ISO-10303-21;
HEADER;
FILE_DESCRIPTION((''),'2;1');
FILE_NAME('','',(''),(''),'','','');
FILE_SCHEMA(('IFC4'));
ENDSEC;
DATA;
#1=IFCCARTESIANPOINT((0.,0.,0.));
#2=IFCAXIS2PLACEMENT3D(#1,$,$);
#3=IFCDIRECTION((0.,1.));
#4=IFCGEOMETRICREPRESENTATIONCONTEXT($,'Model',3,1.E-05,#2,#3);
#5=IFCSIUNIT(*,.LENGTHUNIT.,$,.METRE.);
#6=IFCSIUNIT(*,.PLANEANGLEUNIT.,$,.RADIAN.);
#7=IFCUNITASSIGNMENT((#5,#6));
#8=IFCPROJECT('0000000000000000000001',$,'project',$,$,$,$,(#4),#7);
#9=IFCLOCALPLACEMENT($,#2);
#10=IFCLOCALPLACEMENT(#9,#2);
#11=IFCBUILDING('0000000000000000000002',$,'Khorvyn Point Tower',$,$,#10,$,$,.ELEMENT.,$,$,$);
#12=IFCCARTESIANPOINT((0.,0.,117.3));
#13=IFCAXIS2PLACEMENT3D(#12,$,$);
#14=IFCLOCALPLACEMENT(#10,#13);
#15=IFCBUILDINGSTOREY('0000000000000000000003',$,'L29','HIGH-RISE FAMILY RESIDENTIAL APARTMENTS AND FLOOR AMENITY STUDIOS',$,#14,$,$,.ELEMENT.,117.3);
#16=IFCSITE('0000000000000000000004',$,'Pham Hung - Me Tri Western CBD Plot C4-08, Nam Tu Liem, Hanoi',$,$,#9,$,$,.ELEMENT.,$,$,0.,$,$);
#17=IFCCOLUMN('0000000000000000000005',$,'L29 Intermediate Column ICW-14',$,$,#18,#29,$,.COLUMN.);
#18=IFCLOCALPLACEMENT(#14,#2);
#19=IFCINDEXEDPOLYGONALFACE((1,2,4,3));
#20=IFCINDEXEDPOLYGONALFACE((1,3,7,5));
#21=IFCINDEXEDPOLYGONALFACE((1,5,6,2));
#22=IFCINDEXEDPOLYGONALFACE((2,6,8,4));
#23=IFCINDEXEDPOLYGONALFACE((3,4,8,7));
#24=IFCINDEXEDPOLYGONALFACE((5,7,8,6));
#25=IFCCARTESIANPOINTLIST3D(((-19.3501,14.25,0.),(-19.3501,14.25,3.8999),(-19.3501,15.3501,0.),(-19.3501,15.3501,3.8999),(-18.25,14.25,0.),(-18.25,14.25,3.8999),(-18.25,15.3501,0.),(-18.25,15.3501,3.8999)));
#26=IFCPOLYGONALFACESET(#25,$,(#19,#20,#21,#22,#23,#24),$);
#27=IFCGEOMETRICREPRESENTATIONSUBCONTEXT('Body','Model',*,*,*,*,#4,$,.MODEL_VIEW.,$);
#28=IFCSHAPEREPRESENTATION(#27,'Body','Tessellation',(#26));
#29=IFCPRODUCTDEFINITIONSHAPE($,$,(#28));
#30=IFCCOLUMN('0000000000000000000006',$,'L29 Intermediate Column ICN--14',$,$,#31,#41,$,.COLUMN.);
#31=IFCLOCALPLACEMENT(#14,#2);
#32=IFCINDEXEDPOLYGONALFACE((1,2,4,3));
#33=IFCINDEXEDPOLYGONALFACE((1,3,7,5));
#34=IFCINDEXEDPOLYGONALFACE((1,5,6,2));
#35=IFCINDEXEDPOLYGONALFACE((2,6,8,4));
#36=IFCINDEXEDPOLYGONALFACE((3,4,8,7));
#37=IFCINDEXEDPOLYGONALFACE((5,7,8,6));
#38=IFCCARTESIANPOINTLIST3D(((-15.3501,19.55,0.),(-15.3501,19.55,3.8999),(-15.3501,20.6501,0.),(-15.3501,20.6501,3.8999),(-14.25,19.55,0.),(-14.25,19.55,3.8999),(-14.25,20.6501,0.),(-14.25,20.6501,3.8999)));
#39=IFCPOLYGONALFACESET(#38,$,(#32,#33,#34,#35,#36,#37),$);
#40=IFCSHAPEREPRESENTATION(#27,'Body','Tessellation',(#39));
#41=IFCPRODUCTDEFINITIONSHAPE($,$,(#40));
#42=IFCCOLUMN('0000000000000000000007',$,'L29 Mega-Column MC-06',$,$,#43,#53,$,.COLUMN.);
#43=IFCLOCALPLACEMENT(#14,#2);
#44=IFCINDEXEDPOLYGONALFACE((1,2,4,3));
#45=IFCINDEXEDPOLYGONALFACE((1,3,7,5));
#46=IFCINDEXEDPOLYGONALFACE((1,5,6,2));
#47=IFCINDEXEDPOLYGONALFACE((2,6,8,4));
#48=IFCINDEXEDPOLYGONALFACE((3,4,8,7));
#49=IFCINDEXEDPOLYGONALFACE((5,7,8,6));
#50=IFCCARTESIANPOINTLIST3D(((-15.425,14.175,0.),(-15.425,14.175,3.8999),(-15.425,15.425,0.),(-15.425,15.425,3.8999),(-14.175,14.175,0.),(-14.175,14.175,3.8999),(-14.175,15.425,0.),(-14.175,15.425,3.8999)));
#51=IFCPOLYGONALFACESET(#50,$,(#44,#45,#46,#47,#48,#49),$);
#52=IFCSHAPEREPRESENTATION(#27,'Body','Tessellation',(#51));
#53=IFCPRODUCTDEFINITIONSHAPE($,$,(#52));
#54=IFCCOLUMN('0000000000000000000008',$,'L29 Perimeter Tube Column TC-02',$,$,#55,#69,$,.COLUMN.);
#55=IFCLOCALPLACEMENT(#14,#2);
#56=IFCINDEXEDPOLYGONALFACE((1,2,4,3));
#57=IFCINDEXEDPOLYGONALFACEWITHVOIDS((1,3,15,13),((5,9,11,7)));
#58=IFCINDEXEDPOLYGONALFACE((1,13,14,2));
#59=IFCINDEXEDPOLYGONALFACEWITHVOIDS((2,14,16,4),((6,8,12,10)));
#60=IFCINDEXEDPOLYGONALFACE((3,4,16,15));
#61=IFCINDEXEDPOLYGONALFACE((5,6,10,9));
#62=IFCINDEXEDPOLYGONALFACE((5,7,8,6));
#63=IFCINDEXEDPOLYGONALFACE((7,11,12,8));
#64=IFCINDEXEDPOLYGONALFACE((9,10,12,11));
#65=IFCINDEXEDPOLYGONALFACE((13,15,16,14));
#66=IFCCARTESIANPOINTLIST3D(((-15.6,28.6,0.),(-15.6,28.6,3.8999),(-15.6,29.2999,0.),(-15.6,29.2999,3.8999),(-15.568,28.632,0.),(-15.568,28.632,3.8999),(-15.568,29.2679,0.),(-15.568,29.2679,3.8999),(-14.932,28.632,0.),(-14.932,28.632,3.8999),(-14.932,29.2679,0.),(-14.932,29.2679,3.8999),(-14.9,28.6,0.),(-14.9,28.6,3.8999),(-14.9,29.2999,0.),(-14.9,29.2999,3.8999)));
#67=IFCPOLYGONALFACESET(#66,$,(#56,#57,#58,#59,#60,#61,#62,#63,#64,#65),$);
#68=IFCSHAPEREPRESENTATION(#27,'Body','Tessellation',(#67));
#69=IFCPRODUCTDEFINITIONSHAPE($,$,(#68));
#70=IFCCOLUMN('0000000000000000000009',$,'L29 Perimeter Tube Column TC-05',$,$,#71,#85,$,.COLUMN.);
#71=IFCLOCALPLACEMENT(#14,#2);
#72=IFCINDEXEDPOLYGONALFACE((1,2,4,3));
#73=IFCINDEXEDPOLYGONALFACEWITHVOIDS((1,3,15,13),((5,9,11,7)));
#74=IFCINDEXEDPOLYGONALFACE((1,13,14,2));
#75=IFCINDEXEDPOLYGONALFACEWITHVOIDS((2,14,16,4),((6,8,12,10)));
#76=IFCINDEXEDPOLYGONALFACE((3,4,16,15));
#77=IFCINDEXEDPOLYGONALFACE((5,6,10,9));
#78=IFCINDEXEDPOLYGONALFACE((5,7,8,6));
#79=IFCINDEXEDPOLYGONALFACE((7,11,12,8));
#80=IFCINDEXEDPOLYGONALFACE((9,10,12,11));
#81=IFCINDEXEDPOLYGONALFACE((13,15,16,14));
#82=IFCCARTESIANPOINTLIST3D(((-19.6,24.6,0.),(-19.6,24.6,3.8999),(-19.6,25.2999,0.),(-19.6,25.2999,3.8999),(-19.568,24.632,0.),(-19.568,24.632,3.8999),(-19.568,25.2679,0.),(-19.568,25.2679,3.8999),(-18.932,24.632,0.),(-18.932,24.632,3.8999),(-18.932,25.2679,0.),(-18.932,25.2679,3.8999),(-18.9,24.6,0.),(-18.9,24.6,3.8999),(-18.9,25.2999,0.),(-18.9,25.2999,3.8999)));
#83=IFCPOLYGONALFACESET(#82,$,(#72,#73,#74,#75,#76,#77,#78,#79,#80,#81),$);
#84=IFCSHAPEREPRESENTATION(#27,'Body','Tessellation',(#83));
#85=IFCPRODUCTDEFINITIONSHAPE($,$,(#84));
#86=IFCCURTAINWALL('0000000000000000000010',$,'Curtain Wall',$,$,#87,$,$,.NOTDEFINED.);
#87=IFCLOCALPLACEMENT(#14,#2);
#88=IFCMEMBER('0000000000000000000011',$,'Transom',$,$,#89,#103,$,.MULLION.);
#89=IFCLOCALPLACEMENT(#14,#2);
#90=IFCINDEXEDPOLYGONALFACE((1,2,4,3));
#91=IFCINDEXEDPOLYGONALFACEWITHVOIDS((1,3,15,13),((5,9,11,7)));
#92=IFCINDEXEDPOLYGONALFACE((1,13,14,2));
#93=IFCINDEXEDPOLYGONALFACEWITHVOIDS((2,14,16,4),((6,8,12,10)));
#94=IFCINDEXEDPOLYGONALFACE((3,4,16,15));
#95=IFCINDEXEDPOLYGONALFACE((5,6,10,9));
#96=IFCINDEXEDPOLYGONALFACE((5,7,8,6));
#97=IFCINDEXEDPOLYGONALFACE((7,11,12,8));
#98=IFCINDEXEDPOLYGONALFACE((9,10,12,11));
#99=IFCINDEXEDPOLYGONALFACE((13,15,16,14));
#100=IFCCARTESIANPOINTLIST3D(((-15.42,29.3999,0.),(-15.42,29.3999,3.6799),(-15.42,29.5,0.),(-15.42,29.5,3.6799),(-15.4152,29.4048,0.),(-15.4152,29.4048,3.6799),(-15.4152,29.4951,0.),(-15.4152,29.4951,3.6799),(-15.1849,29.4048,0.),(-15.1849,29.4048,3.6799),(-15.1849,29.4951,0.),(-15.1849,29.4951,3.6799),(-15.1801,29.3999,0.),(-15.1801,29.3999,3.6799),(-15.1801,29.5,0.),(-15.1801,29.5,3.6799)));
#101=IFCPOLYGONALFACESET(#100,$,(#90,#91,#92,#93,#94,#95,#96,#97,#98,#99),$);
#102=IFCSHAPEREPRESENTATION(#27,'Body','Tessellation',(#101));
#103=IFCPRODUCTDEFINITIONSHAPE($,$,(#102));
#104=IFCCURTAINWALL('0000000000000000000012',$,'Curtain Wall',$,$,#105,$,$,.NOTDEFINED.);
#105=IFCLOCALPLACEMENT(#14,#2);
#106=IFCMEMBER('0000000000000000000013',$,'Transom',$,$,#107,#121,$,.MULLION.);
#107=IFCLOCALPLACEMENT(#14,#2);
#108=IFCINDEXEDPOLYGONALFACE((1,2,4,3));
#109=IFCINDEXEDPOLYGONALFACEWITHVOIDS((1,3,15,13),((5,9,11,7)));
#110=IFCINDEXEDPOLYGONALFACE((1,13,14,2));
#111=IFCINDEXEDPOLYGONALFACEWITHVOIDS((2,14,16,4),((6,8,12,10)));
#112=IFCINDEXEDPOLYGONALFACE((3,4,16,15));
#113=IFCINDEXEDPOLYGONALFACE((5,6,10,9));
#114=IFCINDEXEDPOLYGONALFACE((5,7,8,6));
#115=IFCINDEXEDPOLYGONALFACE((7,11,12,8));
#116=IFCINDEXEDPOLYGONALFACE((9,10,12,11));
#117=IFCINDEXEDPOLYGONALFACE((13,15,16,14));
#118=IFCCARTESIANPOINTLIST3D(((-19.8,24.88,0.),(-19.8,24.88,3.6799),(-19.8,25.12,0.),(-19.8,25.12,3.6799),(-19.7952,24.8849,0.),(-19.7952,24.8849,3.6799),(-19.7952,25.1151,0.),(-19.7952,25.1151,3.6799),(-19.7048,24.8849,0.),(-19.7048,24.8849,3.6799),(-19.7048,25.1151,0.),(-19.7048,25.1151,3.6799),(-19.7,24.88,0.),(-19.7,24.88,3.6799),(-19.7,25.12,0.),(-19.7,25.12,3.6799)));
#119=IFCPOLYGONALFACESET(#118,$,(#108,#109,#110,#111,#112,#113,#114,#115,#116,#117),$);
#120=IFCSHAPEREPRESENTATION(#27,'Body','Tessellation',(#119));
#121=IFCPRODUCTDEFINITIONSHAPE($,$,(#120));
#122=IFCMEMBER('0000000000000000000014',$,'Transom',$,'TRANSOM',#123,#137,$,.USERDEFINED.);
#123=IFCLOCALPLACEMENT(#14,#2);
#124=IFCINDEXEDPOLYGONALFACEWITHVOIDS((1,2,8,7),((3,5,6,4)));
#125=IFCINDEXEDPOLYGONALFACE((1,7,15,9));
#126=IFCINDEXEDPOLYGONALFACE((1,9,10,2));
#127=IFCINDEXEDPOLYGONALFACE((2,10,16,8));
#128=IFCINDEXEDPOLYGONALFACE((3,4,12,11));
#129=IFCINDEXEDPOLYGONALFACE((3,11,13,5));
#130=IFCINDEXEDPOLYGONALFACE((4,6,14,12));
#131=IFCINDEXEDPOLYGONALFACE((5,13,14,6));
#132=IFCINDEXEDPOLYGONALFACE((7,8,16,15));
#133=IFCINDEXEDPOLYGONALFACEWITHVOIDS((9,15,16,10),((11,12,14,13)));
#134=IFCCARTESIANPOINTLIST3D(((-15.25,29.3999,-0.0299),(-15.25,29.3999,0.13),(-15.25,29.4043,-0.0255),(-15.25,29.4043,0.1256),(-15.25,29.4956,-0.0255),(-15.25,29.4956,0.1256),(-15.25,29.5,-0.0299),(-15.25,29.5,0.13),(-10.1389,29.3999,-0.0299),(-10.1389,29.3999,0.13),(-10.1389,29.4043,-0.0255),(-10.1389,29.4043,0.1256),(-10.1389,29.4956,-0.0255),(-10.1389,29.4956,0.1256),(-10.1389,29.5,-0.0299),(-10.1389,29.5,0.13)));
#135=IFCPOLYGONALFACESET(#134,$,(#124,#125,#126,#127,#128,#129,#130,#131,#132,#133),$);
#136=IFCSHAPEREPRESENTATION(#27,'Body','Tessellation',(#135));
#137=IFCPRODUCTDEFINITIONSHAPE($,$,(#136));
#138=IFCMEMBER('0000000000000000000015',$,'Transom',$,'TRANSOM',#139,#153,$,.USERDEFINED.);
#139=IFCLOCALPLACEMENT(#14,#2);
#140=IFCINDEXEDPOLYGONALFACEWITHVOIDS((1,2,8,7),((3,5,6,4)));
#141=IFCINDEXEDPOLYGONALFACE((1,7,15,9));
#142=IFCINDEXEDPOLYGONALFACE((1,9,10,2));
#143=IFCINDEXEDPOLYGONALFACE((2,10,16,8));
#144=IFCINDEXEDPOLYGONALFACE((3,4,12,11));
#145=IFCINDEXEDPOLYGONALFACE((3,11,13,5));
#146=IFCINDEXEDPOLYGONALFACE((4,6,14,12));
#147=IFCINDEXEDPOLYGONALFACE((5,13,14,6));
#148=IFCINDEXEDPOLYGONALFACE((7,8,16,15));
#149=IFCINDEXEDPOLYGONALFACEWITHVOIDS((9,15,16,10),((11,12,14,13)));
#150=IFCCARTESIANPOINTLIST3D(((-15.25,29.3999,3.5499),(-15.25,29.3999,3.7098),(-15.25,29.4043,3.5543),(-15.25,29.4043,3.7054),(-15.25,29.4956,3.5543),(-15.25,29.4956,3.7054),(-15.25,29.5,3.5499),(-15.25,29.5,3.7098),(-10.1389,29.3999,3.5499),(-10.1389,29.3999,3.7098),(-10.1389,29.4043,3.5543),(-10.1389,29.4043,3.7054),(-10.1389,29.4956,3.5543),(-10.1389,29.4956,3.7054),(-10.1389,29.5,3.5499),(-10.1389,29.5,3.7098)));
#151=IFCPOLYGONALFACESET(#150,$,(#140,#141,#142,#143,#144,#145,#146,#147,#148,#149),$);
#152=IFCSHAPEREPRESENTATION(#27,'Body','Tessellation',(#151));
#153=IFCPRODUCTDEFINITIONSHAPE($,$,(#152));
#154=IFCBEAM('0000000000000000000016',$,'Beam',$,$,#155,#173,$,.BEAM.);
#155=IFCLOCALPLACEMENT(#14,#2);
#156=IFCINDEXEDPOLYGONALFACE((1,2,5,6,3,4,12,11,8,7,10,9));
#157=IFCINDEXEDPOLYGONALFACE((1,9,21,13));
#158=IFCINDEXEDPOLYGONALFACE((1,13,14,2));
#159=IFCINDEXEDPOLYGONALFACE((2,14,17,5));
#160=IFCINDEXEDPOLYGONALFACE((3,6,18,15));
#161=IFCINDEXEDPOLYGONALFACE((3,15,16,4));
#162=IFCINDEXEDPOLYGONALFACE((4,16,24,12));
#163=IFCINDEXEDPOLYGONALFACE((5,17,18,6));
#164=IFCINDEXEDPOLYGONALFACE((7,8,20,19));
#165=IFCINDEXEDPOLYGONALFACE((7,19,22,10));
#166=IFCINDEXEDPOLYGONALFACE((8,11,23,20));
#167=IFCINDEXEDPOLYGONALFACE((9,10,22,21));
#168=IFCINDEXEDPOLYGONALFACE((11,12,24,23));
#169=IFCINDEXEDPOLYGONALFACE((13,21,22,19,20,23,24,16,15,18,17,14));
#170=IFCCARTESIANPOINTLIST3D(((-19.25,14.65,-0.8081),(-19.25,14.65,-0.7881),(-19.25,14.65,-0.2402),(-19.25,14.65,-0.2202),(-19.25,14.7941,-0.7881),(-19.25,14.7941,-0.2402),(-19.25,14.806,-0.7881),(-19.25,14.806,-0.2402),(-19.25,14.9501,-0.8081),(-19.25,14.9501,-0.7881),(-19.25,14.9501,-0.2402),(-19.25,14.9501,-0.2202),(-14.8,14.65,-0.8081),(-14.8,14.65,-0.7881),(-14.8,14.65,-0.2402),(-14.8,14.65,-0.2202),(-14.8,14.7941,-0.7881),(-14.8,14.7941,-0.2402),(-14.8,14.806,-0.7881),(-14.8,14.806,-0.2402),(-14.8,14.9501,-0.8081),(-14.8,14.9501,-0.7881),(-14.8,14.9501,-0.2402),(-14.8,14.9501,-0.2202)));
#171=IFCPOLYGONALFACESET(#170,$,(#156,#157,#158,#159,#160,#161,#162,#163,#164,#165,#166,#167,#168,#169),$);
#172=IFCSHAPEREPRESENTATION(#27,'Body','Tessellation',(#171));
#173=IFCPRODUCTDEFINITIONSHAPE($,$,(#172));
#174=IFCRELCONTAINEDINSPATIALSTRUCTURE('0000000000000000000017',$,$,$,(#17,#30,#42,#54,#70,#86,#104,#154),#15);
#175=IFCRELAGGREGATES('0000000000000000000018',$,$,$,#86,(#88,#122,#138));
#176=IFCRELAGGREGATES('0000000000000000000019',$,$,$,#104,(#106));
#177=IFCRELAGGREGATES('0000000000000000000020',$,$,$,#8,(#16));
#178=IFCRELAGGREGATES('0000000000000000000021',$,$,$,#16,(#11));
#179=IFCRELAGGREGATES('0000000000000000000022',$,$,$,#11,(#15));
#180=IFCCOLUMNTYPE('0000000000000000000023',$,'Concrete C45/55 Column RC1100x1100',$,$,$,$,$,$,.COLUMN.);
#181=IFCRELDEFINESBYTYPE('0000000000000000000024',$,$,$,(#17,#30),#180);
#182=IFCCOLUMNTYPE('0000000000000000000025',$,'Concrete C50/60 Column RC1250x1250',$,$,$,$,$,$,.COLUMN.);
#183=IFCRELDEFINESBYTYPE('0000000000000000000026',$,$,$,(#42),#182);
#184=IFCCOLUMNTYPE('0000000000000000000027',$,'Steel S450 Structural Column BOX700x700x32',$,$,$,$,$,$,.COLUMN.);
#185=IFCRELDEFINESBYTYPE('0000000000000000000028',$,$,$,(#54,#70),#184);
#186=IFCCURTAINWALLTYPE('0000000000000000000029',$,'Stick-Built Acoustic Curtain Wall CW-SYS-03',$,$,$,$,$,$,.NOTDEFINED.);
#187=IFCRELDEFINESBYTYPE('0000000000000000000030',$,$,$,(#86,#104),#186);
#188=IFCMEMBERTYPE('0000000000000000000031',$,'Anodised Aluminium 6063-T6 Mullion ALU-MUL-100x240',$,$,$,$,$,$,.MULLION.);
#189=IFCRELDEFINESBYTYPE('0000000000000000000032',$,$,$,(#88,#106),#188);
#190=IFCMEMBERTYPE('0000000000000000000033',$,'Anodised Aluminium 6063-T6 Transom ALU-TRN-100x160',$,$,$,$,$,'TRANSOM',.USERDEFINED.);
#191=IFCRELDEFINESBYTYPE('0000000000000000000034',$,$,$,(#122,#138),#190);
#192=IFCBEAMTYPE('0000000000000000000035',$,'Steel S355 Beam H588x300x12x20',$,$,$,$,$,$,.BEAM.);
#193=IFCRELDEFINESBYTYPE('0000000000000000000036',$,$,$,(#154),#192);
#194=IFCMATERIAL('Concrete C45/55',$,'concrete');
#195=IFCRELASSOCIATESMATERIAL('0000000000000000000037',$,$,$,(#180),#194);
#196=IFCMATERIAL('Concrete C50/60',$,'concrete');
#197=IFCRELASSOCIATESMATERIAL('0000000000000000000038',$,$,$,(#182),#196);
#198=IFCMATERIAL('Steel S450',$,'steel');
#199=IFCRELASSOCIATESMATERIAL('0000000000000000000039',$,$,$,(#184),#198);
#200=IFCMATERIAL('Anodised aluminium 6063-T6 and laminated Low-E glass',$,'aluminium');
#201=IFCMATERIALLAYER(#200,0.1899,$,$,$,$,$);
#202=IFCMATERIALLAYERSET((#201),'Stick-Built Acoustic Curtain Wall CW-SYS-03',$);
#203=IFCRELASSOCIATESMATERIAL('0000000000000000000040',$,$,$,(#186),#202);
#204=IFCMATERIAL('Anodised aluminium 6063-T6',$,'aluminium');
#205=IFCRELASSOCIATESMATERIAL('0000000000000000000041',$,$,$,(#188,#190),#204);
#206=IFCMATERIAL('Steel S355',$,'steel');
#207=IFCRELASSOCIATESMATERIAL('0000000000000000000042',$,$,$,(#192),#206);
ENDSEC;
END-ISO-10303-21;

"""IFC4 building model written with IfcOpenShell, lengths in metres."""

from ifc_helpers import new_model, si_unit, direction, frame, origin, origin_2d, place, context, subcontext, project, spatial, rectangle, hollow_rectangle, i_section, extrude, material, layer, layer_set, material_profile, profile_set, type_object, element, aggregate, save


model = new_model("IFC4")

# Units and contexts
model_context = context("Model", 3, precision=1e-05, world=origin(), true_north=direction((0.0, 1.0)))
body_context = subcontext(model_context, "Body", "Model", "MODEL_VIEW")
ifc_project = project(units=[si_unit("LENGTHUNIT", "METRE"), si_unit("PLANEANGLEUNIT", "RADIAN")], contexts=[model_context])

# Site, building, storey
site_placement = place(None, origin())
site = spatial("IfcSite", under=ifc_project, at=site_placement, Name="Pham Hung - Me Tri Western CBD Plot C4-08, Nam Tu Liem, Hanoi", CompositionType="ELEMENT", RefElevation=0.0)
building_placement = place(site_placement, origin())
building = spatial("IfcBuilding", under=site, at=building_placement, Name="Khorvyn Point Tower", CompositionType="ELEMENT")
storey_placement = place(building_placement, frame((0.0, 0.0, 117.3)))
storey = spatial("IfcBuildingStorey", under=building, at=storey_placement, Name="L29", Description="HIGH-RISE FAMILY RESIDENTIAL APARTMENTS AND FLOOR AMENITY STUDIOS", CompositionType="ELEMENT", Elevation=117.3)

# Columns
ifc_material_1 = material(Name="Concrete C45/55", Category="concrete")
ifc_material_profile_1 = material_profile(ifc_material_1, rectangle(XDim=1.1001, YDim=1.1001, at=origin_2d()))
ifc_profile_set_1 = profile_set([ifc_material_profile_1], Name="Concrete C45/55 RC1100x1100")
column_type_1 = type_object("IfcColumnType", Name="Concrete C45/55 Column RC1100x1100", PredefinedType="COLUMN", material=ifc_profile_set_1)
for number, where, z_axis, x_axis, name in (
    (1, (-18.8, 14.8, 0.0), (0.0, 0.0, 1.0), (1.0, 0.0, 0.0), "L29 Intermediate Column ICW-14"),
    (2, (-14.8, 20.1001, 0.0), (0.0, 0.0, 1.0), (1.0, 0.0, 0.0), "L29 Intermediate Column ICN--14"),
):
    element("IfcColumn", number, at=place(storey_placement, frame(where, z_axis=z_axis, x_axis=x_axis)), inside=storey, type_object=column_type_1, Name=name, PredefinedType="COLUMN", context=body_context, shape_type="SweptSolid", body=[
        extrude(rectangle(XDim=1.1001, YDim=1.1001, at=origin_2d()), origin(), (0.0, 0.0, 1.0), 3.8999),
    ])
ifc_material_2 = material(Name="Concrete C50/60", Category="concrete")
ifc_material_profile_2 = material_profile(ifc_material_2, rectangle(XDim=1.25, YDim=1.25, at=origin_2d()))
ifc_profile_set_2 = profile_set([ifc_material_profile_2], Name="Concrete C50/60 RC1250x1250")
column_type_2 = type_object("IfcColumnType", Name="Concrete C50/60 Column RC1250x1250", PredefinedType="COLUMN", material=ifc_profile_set_2)
column_placement = place(storey_placement, frame((-14.8, 14.8, 0.0), z_axis=(0.0, 0.0, 1.0), x_axis=(1.0, 0.0, 0.0)))
element("IfcColumn", 3, at=column_placement, inside=storey, type_object=column_type_2, Name="L29 Mega-Column MC-06", PredefinedType="COLUMN", context=body_context, shape_type="SweptSolid", body=[
    extrude(rectangle(XDim=1.25, YDim=1.25, at=origin_2d()), origin(), (0.0, 0.0, 1.0), 3.8999),
])
ifc_material_3 = material(Name="Steel S450", Category="steel")
ifc_material_profile_3 = material_profile(ifc_material_3, hollow_rectangle(XDim=0.7, YDim=0.7, WallThickness=0.032, at=origin_2d()))
ifc_profile_set_3 = profile_set([ifc_material_profile_3], Name="Steel S450 BOX700x700x32")
column_type_3 = type_object("IfcColumnType", Name="Steel S450 Structural Column BOX700x700x32", PredefinedType="COLUMN", material=ifc_profile_set_3)
for number, where, z_axis, x_axis, name in (
    (4, (-15.25, 28.95, 0.0), (0.0, 0.0, 1.0), (1.0, 0.0, 0.0), "L29 Perimeter Tube Column TC-02"),
    (5, (-19.25, 24.95, 0.0), (0.0, 0.0, 1.0), (1.0, 0.0, 0.0), "L29 Perimeter Tube Column TC-05"),
):
    element("IfcColumn", number, at=place(storey_placement, frame(where, z_axis=z_axis, x_axis=x_axis)), inside=storey, type_object=column_type_3, Name=name, PredefinedType="COLUMN", context=body_context, shape_type="SweptSolid", body=[
        extrude(hollow_rectangle(XDim=0.7, YDim=0.7, WallThickness=0.032, at=origin_2d()), origin(), (0.0, 0.0, 1.0), 3.8999),
    ])

# Curtain walls, members
ifc_material_4 = material(Name="Anodised aluminium 6063-T6 and laminated Low-E glass", Category="aluminium")
ifc_layer_1 = layer(ifc_material_4, 0.1899)
ifc_layer_set_1 = layer_set([ifc_layer_1], Name="Stick-Built Acoustic Curtain Wall CW-SYS-03")
curtain_wall_type = type_object("IfcCurtainWallType", Name="Stick-Built Acoustic Curtain Wall CW-SYS-03", PredefinedType="NOTDEFINED", material=ifc_layer_set_1)
curtain_wall_1_placement = place(storey_placement, origin())
curtain_wall_1 = element("IfcCurtainWall", 6, at=curtain_wall_1_placement, inside=storey, type_object=curtain_wall_type, Name="Curtain Wall", PredefinedType="NOTDEFINED")
ifc_material_5 = material(Name="Anodised aluminium 6063-T6", Category="aluminium")
ifc_material_profile_4 = material_profile(ifc_material_5, hollow_rectangle(XDim=0.1001, YDim=0.24, WallThickness=0.0049, at=origin_2d()))
ifc_profile_set_4 = profile_set([ifc_material_profile_4], Name="Anodised aluminium 6063-T6 ALU-MUL-100x240")
member_type_1 = type_object("IfcMemberType", Name="Anodised Aluminium 6063-T6 Mullion ALU-MUL-100x240", PredefinedType="MULLION", material=ifc_profile_set_4)
member_1_placement = place(storey_placement, frame((-15.3, 29.45, 0.0), z_axis=(0.0, 0.0, 1.0), x_axis=(0.0, 1.0, 0.0)))
member_1 = element("IfcMember", 7, at=member_1_placement, type_object=member_type_1, Name="Transom", PredefinedType="MULLION", context=body_context, shape_type="SweptSolid", body=[
    extrude(hollow_rectangle(XDim=0.1001, YDim=0.24, WallThickness=0.0049, at=origin_2d()), origin(), (0.0, 0.0, 1.0), 3.6799),
])
curtain_wall_2_placement = place(storey_placement, origin())
curtain_wall_2 = element("IfcCurtainWall", 8, at=curtain_wall_2_placement, inside=storey, type_object=curtain_wall_type, Name="Curtain Wall", PredefinedType="NOTDEFINED")
member_2_placement = place(storey_placement, frame((-19.75, 25.0, 0.0), z_axis=(0.0, 0.0, 1.0), x_axis=(-1.0, 0.0, 0.0)))
member_2 = element("IfcMember", 9, at=member_2_placement, type_object=member_type_1, Name="Transom", PredefinedType="MULLION", context=body_context, shape_type="SweptSolid", body=[
    extrude(hollow_rectangle(XDim=0.1001, YDim=0.24, WallThickness=0.0049, at=origin_2d()), origin(), (0.0, 0.0, 1.0), 3.6799),
])

# Members
ifc_material_profile_5 = material_profile(ifc_material_5, hollow_rectangle(XDim=0.1001, YDim=0.1599, WallThickness=0.0044, at=origin_2d()))
ifc_profile_set_5 = profile_set([ifc_material_profile_5], Name="Anodised aluminium 6063-T6 ALU-TRN-100x160")
member_type_2 = type_object("IfcMemberType", Name="Anodised Aluminium 6063-T6 Transom ALU-TRN-100x160", ElementType="TRANSOM", PredefinedType="USERDEFINED", material=ifc_profile_set_5)
member_3_placement = place(storey_placement, frame((-15.25, 29.45, 0.05), z_axis=(1.0, 0.0, 0.0), x_axis=(0.0, 1.0, 0.0)))
member_3 = element("IfcMember", 10, at=member_3_placement, type_object=member_type_2, Name="Transom", ObjectType="TRANSOM", PredefinedType="USERDEFINED", context=body_context, shape_type="SweptSolid", body=[
    extrude(hollow_rectangle(XDim=0.1001, YDim=0.1599, WallThickness=0.0044, at=origin_2d()), origin(), (0.0, 0.0, 1.0), 5.1111),
])
member_4_placement = place(storey_placement, frame((-15.25, 29.45, 3.6299), z_axis=(1.0, 0.0, 0.0), x_axis=(0.0, 1.0, 0.0)))
member_4 = element("IfcMember", 11, at=member_4_placement, type_object=member_type_2, Name="Transom", ObjectType="TRANSOM", PredefinedType="USERDEFINED", context=body_context, shape_type="SweptSolid", body=[
    extrude(hollow_rectangle(XDim=0.1001, YDim=0.1599, WallThickness=0.0044, at=origin_2d()), origin(), (0.0, 0.0, 1.0), 5.1111),
])

# Beam
ifc_material_6 = material(Name="Steel S355", Category="steel")
ifc_material_profile_6 = material_profile(ifc_material_6, i_section(OverallWidth=0.3, OverallDepth=0.5879, WebThickness=0.012, FlangeThickness=0.02, at=origin_2d()))
ifc_profile_set_6 = profile_set([ifc_material_profile_6], Name="Steel S355 H588x300x12x20")
beam_type_1 = type_object("IfcBeamType", Name="Steel S355 Beam H588x300x12x20", PredefinedType="BEAM", material=ifc_profile_set_6)
beam_1_placement = place(storey_placement, frame((-19.25, 14.8, -0.5142), z_axis=(1.0, 0.0, 0.0), x_axis=(0.0, 1.0, 0.0)))
element("IfcBeam", 12, at=beam_1_placement, inside=storey, type_object=beam_type_1, Name="Beam", PredefinedType="BEAM", context=body_context, shape_type="SweptSolid", body=[
    extrude(i_section(OverallWidth=0.3, OverallDepth=0.5879, WebThickness=0.012, FlangeThickness=0.02, at=origin_2d()), origin(), (0.0, 0.0, 1.0), 4.45),
])

aggregate(curtain_wall_1, [member_1, member_3, member_4])
aggregate(curtain_wall_2, [member_2])

save(model, "model.ifc")
